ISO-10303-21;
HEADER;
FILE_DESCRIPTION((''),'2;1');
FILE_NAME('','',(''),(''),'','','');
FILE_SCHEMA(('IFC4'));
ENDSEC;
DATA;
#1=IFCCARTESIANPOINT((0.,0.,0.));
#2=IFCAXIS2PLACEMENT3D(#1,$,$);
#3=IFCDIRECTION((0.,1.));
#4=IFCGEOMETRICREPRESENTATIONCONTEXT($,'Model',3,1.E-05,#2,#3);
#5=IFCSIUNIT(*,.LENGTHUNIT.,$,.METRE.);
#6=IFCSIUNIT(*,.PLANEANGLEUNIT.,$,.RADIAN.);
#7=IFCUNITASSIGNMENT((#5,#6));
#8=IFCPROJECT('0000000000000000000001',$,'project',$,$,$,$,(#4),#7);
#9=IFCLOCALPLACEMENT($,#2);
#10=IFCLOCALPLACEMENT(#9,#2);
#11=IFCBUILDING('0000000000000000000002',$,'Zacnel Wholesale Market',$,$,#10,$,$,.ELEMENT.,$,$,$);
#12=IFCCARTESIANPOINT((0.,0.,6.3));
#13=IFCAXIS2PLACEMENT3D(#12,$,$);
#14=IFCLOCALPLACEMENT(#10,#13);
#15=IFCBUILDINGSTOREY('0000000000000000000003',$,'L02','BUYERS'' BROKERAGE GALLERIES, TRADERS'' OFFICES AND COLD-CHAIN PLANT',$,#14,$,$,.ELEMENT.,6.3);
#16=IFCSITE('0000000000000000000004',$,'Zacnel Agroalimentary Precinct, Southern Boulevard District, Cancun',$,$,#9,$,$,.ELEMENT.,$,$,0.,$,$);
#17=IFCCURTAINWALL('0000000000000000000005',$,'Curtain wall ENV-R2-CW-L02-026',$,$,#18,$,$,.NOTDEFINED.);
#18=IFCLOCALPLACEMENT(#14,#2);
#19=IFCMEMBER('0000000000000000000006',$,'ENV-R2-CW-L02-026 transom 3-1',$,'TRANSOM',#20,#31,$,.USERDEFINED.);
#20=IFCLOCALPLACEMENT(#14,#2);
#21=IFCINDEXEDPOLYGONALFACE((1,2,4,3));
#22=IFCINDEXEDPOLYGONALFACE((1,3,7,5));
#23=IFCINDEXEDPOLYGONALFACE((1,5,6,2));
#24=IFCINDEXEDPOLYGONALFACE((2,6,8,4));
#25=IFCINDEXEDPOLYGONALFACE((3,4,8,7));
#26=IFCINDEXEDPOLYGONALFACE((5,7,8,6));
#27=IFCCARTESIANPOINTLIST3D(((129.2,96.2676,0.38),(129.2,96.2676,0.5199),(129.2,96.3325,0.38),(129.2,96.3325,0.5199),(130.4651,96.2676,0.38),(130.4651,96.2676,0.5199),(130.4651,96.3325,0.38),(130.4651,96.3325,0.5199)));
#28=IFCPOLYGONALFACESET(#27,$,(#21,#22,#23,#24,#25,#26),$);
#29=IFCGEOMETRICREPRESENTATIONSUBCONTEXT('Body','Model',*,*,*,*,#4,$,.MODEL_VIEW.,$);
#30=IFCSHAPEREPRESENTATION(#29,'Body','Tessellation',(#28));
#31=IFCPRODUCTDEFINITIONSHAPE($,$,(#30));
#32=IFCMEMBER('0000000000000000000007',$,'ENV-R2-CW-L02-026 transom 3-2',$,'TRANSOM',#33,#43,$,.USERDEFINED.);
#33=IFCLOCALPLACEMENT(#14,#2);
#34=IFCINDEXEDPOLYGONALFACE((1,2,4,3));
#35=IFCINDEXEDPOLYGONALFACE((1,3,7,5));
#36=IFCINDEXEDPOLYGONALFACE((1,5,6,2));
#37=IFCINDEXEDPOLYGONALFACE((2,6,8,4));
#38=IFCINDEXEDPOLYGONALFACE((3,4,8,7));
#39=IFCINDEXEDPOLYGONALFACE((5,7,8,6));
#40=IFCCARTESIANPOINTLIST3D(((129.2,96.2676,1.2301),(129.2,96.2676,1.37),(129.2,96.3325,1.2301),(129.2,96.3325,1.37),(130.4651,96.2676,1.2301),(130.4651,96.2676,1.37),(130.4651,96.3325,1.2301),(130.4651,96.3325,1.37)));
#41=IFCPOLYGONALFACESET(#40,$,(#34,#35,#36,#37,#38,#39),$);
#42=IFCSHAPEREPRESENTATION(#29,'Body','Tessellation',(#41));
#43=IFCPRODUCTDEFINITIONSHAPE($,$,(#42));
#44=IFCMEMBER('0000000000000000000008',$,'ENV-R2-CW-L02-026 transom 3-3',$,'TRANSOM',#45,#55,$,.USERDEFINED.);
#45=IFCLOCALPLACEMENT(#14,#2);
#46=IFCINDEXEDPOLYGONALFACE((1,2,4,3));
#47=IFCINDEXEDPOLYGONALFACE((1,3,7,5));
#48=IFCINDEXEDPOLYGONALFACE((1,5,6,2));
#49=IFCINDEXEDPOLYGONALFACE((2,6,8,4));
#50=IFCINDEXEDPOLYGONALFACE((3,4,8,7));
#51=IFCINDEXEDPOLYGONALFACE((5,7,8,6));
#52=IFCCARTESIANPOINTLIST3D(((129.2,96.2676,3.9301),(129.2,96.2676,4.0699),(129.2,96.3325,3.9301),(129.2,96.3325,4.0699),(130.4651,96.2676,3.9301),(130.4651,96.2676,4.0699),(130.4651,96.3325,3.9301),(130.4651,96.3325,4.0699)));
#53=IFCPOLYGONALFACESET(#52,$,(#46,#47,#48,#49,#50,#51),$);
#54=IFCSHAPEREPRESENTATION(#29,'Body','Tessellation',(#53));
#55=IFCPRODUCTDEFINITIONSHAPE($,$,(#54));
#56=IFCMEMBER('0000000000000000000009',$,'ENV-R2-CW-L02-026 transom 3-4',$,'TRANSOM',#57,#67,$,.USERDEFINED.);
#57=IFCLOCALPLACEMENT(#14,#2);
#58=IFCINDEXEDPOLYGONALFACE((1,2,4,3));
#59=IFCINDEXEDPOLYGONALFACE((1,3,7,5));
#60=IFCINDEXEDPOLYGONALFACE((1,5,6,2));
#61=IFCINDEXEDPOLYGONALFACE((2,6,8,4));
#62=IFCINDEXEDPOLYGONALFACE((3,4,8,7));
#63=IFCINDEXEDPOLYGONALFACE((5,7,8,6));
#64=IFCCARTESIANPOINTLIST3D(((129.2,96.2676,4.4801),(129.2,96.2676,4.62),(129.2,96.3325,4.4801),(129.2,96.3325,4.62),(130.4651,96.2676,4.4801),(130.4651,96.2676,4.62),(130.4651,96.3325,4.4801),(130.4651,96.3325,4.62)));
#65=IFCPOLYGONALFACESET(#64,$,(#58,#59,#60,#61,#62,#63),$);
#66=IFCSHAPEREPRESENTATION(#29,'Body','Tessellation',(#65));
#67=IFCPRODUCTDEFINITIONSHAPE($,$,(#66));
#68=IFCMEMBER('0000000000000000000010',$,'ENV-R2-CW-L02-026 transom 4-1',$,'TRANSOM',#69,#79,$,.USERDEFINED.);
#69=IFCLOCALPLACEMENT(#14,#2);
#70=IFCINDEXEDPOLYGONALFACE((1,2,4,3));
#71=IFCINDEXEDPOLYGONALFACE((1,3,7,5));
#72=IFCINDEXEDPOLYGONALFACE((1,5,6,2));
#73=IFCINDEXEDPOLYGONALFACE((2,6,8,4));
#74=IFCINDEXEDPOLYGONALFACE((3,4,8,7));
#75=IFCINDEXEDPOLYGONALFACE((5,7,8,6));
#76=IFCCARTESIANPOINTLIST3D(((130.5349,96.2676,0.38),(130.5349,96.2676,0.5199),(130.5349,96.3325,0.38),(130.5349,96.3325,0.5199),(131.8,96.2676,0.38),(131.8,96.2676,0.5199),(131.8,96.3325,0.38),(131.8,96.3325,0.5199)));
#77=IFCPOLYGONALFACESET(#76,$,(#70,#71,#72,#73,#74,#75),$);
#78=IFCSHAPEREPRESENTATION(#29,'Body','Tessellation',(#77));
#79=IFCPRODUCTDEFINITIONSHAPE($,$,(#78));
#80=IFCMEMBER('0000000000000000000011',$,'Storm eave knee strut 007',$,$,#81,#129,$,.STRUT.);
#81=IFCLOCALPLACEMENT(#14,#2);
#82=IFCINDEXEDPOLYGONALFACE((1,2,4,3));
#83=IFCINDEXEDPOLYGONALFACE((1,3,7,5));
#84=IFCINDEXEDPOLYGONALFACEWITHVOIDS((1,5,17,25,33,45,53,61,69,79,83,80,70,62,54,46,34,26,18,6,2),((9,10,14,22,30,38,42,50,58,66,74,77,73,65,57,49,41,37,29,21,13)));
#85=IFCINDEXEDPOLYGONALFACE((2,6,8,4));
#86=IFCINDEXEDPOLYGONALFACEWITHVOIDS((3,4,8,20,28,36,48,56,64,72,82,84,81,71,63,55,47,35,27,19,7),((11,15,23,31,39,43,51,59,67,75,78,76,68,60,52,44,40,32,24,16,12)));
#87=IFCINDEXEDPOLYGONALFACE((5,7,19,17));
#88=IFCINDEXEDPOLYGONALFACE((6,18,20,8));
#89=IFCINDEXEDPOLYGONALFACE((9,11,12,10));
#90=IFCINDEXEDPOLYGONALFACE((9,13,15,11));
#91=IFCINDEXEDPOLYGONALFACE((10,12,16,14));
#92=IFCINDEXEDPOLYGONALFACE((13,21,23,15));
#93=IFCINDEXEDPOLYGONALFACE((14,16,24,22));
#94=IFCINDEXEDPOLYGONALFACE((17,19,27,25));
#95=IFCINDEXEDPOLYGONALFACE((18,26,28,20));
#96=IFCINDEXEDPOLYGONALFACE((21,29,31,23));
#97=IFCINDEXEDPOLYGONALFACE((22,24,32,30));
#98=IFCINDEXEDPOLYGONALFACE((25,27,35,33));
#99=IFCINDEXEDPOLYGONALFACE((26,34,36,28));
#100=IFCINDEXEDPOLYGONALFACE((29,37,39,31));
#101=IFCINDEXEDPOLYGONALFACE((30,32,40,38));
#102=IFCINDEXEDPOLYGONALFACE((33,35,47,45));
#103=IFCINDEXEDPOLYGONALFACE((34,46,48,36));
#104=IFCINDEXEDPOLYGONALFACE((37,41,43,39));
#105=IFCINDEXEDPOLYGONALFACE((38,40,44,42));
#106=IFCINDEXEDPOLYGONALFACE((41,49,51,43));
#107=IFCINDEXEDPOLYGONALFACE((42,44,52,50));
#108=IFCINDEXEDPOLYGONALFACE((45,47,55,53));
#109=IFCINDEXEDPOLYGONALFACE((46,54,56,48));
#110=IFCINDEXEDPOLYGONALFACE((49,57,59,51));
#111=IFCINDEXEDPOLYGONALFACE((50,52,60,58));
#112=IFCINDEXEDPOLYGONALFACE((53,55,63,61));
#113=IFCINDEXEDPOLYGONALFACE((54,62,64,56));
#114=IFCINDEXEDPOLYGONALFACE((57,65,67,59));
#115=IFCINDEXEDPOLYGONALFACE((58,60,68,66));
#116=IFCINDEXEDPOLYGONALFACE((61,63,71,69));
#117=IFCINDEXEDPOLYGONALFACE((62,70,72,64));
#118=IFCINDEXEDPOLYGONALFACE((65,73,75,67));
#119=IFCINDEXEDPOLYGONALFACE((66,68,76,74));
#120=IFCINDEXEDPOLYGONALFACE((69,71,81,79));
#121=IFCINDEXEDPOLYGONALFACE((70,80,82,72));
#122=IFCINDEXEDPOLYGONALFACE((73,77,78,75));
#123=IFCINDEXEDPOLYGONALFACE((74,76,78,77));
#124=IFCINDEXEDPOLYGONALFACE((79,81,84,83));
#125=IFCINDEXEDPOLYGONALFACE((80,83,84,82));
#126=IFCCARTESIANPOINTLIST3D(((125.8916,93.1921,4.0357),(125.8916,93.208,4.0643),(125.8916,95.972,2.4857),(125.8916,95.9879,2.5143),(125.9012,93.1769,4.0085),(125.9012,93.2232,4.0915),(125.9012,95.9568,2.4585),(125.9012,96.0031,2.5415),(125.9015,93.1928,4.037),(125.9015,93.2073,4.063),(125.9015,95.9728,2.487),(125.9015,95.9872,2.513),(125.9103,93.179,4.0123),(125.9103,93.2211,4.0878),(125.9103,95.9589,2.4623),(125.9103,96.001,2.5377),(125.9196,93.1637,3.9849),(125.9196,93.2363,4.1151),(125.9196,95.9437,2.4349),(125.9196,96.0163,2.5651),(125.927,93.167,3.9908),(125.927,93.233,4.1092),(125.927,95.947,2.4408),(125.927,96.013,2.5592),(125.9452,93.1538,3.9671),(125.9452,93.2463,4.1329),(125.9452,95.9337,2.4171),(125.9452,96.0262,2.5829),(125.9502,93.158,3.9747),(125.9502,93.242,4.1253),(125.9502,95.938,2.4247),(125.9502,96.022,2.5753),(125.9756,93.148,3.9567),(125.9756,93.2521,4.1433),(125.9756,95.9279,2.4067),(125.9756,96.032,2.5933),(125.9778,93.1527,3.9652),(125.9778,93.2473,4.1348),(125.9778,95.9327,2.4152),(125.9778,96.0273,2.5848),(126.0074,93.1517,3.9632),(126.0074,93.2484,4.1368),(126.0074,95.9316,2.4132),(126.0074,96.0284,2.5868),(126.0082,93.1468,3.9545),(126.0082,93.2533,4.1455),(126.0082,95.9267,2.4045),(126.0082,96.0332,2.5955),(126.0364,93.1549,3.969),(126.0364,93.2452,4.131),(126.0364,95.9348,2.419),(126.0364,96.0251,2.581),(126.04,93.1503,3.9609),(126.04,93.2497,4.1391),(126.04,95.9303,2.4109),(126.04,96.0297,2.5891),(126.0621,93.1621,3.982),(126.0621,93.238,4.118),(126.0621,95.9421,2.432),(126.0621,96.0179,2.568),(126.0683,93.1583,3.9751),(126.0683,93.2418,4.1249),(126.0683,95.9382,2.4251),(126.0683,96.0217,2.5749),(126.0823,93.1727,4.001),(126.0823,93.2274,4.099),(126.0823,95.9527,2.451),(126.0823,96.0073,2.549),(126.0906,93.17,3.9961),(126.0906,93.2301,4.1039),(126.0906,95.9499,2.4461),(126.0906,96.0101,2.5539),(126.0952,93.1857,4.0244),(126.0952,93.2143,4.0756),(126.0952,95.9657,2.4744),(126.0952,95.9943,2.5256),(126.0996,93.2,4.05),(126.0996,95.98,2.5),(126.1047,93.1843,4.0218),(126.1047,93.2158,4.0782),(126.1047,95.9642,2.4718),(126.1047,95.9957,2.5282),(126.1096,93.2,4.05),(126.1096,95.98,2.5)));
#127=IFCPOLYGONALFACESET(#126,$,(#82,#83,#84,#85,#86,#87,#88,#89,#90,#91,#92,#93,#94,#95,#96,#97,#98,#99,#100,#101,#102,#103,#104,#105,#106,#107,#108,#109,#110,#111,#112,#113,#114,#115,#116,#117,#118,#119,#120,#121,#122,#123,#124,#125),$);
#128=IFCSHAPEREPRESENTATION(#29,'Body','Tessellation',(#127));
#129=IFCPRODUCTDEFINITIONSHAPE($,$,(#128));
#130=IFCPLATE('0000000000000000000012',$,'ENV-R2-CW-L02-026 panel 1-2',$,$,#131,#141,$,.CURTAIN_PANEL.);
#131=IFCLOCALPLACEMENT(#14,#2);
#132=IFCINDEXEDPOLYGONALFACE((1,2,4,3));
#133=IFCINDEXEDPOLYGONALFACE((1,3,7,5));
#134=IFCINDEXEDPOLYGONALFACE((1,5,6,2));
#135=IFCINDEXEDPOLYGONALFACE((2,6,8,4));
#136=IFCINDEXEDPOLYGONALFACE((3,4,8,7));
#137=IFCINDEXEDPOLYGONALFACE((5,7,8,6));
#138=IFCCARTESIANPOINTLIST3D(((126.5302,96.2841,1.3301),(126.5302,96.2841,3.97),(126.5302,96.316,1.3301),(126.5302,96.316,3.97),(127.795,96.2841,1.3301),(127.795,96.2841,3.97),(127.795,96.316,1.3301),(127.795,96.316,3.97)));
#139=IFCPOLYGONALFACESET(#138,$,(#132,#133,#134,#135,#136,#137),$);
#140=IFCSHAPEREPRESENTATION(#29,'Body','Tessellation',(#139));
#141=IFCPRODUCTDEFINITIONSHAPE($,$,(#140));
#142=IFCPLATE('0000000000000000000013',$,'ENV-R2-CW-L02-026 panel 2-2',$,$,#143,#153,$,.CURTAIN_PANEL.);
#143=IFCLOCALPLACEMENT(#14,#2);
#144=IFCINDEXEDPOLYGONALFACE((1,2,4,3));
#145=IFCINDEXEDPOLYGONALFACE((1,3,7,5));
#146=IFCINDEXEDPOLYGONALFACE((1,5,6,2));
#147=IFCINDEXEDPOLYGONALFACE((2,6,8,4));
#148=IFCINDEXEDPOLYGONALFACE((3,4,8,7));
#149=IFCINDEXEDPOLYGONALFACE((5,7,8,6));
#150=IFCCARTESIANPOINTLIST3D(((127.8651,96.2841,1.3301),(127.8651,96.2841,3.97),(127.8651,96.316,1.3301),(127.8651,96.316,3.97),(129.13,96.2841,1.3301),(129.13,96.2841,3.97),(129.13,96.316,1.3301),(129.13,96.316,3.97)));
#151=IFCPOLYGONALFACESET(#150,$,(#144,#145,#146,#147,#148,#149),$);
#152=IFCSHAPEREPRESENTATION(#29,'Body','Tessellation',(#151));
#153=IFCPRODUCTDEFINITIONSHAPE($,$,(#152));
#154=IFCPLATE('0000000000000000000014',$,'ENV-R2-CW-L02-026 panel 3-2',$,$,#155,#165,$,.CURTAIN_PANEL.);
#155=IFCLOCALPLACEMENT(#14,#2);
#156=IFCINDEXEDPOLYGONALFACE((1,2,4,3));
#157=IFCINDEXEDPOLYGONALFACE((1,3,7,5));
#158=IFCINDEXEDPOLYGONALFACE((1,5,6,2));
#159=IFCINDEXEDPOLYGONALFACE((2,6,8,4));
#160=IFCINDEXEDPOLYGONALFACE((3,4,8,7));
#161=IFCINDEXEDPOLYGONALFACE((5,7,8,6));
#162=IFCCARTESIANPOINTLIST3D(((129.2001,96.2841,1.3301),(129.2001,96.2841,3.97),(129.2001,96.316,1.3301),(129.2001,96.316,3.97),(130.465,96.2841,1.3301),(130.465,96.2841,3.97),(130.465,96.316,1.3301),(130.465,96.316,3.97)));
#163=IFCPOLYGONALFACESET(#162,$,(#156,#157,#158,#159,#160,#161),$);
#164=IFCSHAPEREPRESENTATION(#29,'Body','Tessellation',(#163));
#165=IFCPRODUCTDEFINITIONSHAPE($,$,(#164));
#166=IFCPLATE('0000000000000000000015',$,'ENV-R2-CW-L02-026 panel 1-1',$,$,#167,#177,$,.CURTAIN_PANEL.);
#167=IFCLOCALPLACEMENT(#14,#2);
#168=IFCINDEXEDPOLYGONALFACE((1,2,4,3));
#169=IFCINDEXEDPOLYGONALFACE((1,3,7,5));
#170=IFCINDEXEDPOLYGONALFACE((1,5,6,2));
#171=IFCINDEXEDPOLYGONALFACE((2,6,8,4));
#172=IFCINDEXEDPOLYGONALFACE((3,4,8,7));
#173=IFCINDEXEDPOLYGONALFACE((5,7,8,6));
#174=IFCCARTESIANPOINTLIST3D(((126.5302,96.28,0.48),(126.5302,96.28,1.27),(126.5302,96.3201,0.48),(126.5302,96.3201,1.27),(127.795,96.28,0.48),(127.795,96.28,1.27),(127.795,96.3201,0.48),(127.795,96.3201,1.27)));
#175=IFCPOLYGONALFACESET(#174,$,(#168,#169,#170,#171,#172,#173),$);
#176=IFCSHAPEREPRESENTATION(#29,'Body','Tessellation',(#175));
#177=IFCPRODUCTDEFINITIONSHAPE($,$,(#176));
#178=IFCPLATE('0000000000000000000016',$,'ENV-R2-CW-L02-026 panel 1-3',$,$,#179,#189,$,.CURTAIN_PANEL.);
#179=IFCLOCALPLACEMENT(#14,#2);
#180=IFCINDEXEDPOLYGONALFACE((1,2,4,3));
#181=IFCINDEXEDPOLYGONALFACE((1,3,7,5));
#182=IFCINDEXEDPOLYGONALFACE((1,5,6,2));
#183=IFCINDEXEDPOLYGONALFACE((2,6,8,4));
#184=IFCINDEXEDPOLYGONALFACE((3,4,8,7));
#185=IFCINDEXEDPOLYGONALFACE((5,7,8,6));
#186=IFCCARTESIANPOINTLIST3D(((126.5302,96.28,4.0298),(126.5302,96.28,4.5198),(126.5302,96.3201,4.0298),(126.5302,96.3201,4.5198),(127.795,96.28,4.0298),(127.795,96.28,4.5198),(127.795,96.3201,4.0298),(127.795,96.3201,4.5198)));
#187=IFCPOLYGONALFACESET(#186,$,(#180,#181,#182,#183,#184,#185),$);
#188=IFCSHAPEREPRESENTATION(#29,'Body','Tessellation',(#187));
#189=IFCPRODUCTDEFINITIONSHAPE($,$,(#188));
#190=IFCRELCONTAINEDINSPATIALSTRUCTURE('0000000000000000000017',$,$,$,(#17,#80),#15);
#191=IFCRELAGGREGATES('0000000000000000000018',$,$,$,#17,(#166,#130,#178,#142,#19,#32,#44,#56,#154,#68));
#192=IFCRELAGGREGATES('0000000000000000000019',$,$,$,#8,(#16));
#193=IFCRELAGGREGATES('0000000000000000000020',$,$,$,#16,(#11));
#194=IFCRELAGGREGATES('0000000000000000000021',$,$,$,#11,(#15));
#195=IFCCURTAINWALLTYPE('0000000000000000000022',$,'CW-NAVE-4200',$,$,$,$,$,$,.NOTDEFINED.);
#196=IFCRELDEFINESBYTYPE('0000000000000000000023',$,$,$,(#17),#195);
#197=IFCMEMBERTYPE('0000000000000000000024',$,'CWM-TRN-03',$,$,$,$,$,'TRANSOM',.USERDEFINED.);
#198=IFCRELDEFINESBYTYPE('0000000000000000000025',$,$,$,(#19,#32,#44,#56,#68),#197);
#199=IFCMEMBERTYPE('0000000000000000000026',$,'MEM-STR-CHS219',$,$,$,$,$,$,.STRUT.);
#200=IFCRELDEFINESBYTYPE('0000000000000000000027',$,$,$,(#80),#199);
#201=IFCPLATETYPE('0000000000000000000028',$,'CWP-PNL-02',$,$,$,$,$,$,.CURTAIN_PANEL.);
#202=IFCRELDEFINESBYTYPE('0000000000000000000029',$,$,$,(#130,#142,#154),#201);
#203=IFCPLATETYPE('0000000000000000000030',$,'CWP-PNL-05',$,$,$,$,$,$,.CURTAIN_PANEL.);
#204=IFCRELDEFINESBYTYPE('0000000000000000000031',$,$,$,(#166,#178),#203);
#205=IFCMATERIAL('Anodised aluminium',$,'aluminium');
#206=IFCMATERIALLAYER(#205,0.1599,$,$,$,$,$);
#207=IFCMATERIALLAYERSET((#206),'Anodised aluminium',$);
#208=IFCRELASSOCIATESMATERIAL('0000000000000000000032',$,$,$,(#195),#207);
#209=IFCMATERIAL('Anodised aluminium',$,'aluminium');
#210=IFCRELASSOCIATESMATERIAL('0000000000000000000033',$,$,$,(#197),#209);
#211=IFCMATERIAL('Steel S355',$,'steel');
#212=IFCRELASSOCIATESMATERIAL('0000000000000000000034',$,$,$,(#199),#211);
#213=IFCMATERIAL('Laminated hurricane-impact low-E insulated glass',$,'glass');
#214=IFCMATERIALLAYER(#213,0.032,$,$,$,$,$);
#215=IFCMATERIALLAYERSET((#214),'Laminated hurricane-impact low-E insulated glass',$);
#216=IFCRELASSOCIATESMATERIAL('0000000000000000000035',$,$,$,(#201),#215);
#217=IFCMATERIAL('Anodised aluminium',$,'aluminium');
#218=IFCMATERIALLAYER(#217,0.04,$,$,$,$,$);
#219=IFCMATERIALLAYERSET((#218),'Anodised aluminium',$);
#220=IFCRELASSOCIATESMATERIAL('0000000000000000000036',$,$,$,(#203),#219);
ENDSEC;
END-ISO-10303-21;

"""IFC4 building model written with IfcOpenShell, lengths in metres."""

from ifc_helpers import new_model, si_unit, direction, frame, origin, origin_2d, place, context, subcontext, project, spatial, rectangle, hollow_circle, extrude, material, layer, layer_set, material_profile, profile_set, type_object, element, aggregate, save


model = new_model("IFC4")

# Units and contexts
model_context = context("Model", 3, precision=1e-05, world=origin(), true_north=direction((0.0, 1.0)))
body_context = subcontext(model_context, "Body", "Model", "MODEL_VIEW")
ifc_project = project(units=[si_unit("LENGTHUNIT", "METRE"), si_unit("PLANEANGLEUNIT", "RADIAN")], contexts=[model_context])

# Site, building, storey
site_placement = place(None, origin())
site = spatial("IfcSite", under=ifc_project, at=site_placement, Name="Zacnel Agroalimentary Precinct, Southern Boulevard District, Cancun", CompositionType="ELEMENT", RefElevation=0.0)
building_placement = place(site_placement, origin())
building = spatial("IfcBuilding", under=site, at=building_placement, Name="Zacnel Wholesale Market", CompositionType="ELEMENT")
storey_placement = place(building_placement, frame((0.0, 0.0, 6.3)))
storey = spatial("IfcBuildingStorey", under=building, at=storey_placement, Name="L02", Description="BUYERS' BROKERAGE GALLERIES, TRADERS' OFFICES AND COLD-CHAIN PLANT", CompositionType="ELEMENT", Elevation=6.3)

# Curtain wall, members
ifc_material_1 = material(Name="Anodised aluminium", Category="aluminium")
ifc_layer_1 = layer(ifc_material_1, 0.1599)
ifc_layer_set_1 = layer_set([ifc_layer_1], Name="Anodised aluminium")
curtain_wall_type = type_object("IfcCurtainWallType", Name="CW-NAVE-4200", PredefinedType="NOTDEFINED", material=ifc_layer_set_1)
curtain_wall_placement = place(storey_placement, origin())
curtain_wall = element("IfcCurtainWall", 1, at=curtain_wall_placement, inside=storey, type_object=curtain_wall_type, Name="Curtain wall ENV-R2-CW-L02-026", PredefinedType="NOTDEFINED")
ifc_material_2 = material(Name="Anodised aluminium", Category="aluminium")
ifc_material_profile_1 = material_profile(ifc_material_2, rectangle(XDim=0.0649, YDim=0.1399, at=origin_2d()), Name="AW-TRANSOM 65x140")
ifc_profile_set_1 = profile_set([ifc_material_profile_1], Name="Anodised aluminium")
member_type_1 = type_object("IfcMemberType", Name="CWM-TRN-03", ElementType="TRANSOM", PredefinedType="USERDEFINED", material=ifc_profile_set_1)
member_1_placement = place(storey_placement, frame((129.2, 96.3, 0.45), z_axis=(1.0, 0.0, 0.0), x_axis=(0.0, 1.0, 0.0)))
member_1 = element("IfcMember", 2, at=member_1_placement, type_object=member_type_1, Name="ENV-R2-CW-L02-026 transom 3-1", ObjectType="TRANSOM", PredefinedType="USERDEFINED", context=body_context, shape_type="SweptSolid", body=[
    extrude(rectangle(XDim=0.0649, YDim=0.1399, at=origin_2d()), origin(), (0.0, 0.0, 1.0), 1.2651),
])
member_2_placement = place(storey_placement, frame((129.2, 96.3, 1.3), z_axis=(1.0, 0.0, 0.0), x_axis=(0.0, 1.0, 0.0)))
member_2 = element("IfcMember", 3, at=member_2_placement, type_object=member_type_1, Name="ENV-R2-CW-L02-026 transom 3-2", ObjectType="TRANSOM", PredefinedType="USERDEFINED", context=body_context, shape_type="SweptSolid", body=[
    extrude(rectangle(XDim=0.0649, YDim=0.1399, at=origin_2d()), origin(), (0.0, 0.0, 1.0), 1.2651),
])
member_3_placement = place(storey_placement, frame((129.2, 96.3, 4.0), z_axis=(1.0, 0.0, 0.0), x_axis=(0.0, 1.0, 0.0)))
member_3 = element("IfcMember", 4, at=member_3_placement, type_object=member_type_1, Name="ENV-R2-CW-L02-026 transom 3-3", ObjectType="TRANSOM", PredefinedType="USERDEFINED", context=body_context, shape_type="SweptSolid", body=[
    extrude(rectangle(XDim=0.0649, YDim=0.1399, at=origin_2d()), origin(), (0.0, 0.0, 1.0), 1.2651),
])
member_4_placement = place(storey_placement, frame((129.2, 96.3, 4.55), z_axis=(1.0, 0.0, 0.0), x_axis=(0.0, 1.0, 0.0)))
member_4 = element("IfcMember", 5, at=member_4_placement, type_object=member_type_1, Name="ENV-R2-CW-L02-026 transom 3-4", ObjectType="TRANSOM", PredefinedType="USERDEFINED", context=body_context, shape_type="SweptSolid", body=[
    extrude(rectangle(XDim=0.0649, YDim=0.1399, at=origin_2d()), origin(), (0.0, 0.0, 1.0), 1.2651),
])
member_5_placement = place(storey_placement, frame((130.5349, 96.3, 0.45), z_axis=(1.0, 0.0, 0.0), x_axis=(0.0, 1.0, 0.0)))
member_5 = element("IfcMember", 6, at=member_5_placement, type_object=member_type_1, Name="ENV-R2-CW-L02-026 transom 4-1", ObjectType="TRANSOM", PredefinedType="USERDEFINED", context=body_context, shape_type="SweptSolid", body=[
    extrude(rectangle(XDim=0.0649, YDim=0.1399, at=origin_2d()), origin(), (0.0, 0.0, 1.0), 1.2651),
])

# Member
ifc_material_3 = material(Name="Steel S355", Category="steel")
ifc_material_profile_2 = material_profile(ifc_material_3, hollow_circle(Radius=0.1096, WallThickness=0.01, at=origin_2d()), Name="CHS 219.1x10")
ifc_profile_set_2 = profile_set([ifc_material_profile_2], Name="Steel S355")
member_type_2 = type_object("IfcMemberType", Name="MEM-STR-CHS219", PredefinedType="STRUT", material=ifc_profile_set_2)
member_6_placement = place(storey_placement, frame((126.0, 95.98, 2.5), z_axis=(0.0, -0.873411, 0.486984), x_axis=(1.0, 0.0, 0.0)))
element("IfcMember", 7, at=member_6_placement, inside=storey, type_object=member_type_2, Name="Storm eave knee strut 007", PredefinedType="STRUT", context=body_context, shape_type="SweptSolid", body=[
    extrude(hollow_circle(Radius=0.1096, WallThickness=0.01, at=origin_2d()), origin(), (0.0, 0.0, 1.0), 3.1829),
])

# Plates
ifc_material_4 = material(Name="Laminated hurricane-impact low-E insulated glass", Category="glass")
ifc_layer_2 = layer(ifc_material_4, 0.032)
ifc_layer_set_2 = layer_set([ifc_layer_2], Name="Laminated hurricane-impact low-E insulated glass")
plate_type_1 = type_object("IfcPlateType", Name="CWP-PNL-02", PredefinedType="CURTAIN_PANEL", material=ifc_layer_set_2)
plate_1_placement = place(storey_placement, frame((127.1626, 96.3, 1.3301), z_axis=(0.0, 0.0, 1.0), x_axis=(1.0, 0.0, 0.0)))
plate_1 = element("IfcPlate", 8, at=plate_1_placement, type_object=plate_type_1, Name="ENV-R2-CW-L02-026 panel 1-2", PredefinedType="CURTAIN_PANEL", context=body_context, shape_type="SweptSolid", body=[
    extrude(rectangle(XDim=1.2649, YDim=0.032, at=origin_2d()), origin(), (0.0, 0.0, 1.0), 2.6399),
])
plate_2_placement = place(storey_placement, frame((128.4976, 96.3, 1.3301), z_axis=(0.0, 0.0, 1.0), x_axis=(1.0, 0.0, 0.0)))
plate_2 = element("IfcPlate", 9, at=plate_2_placement, type_object=plate_type_1, Name="ENV-R2-CW-L02-026 panel 2-2", PredefinedType="CURTAIN_PANEL", context=body_context, shape_type="SweptSolid", body=[
    extrude(rectangle(XDim=1.2649, YDim=0.032, at=origin_2d()), origin(), (0.0, 0.0, 1.0), 2.6399),
])
plate_3_placement = place(storey_placement, frame((129.8325, 96.3, 1.3301), z_axis=(0.0, 0.0, 1.0), x_axis=(1.0, 0.0, 0.0)))
plate_3 = element("IfcPlate", 10, at=plate_3_placement, type_object=plate_type_1, Name="ENV-R2-CW-L02-026 panel 3-2", PredefinedType="CURTAIN_PANEL", context=body_context, shape_type="SweptSolid", body=[
    extrude(rectangle(XDim=1.2649, YDim=0.032, at=origin_2d()), origin(), (0.0, 0.0, 1.0), 2.6399),
])
ifc_material_5 = material(Name="Anodised aluminium", Category="aluminium")
ifc_layer_3 = layer(ifc_material_5, 0.04)
ifc_layer_set_3 = layer_set([ifc_layer_3], Name="Anodised aluminium")
plate_type_2 = type_object("IfcPlateType", Name="CWP-PNL-05", PredefinedType="CURTAIN_PANEL", material=ifc_layer_set_3)
plate_4_placement = place(storey_placement, frame((127.1626, 96.3, 0.48), z_axis=(0.0, 0.0, 1.0), x_axis=(1.0, 0.0, 0.0)))
plate_4 = element("IfcPlate", 11, at=plate_4_placement, type_object=plate_type_2, Name="ENV-R2-CW-L02-026 panel 1-1", PredefinedType="CURTAIN_PANEL", context=body_context, shape_type="SweptSolid", body=[
    extrude(rectangle(XDim=1.2649, YDim=0.04, at=origin_2d()), origin(), (0.0, 0.0, 1.0), 0.79),
])
plate_5_placement = place(storey_placement, frame((127.1626, 96.3, 4.0298), z_axis=(0.0, 0.0, 1.0), x_axis=(1.0, 0.0, 0.0)))
plate_5 = element("IfcPlate", 12, at=plate_5_placement, type_object=plate_type_2, Name="ENV-R2-CW-L02-026 panel 1-3", PredefinedType="CURTAIN_PANEL", context=body_context, shape_type="SweptSolid", body=[
    extrude(rectangle(XDim=1.2649, YDim=0.04, at=origin_2d()), origin(), (0.0, 0.0, 1.0), 0.49),
])
aggregate(curtain_wall, [plate_4, plate_1, plate_5, plate_2, member_1, member_2, member_3, member_4, plate_3, member_5])

save(model, "model.ifc")
